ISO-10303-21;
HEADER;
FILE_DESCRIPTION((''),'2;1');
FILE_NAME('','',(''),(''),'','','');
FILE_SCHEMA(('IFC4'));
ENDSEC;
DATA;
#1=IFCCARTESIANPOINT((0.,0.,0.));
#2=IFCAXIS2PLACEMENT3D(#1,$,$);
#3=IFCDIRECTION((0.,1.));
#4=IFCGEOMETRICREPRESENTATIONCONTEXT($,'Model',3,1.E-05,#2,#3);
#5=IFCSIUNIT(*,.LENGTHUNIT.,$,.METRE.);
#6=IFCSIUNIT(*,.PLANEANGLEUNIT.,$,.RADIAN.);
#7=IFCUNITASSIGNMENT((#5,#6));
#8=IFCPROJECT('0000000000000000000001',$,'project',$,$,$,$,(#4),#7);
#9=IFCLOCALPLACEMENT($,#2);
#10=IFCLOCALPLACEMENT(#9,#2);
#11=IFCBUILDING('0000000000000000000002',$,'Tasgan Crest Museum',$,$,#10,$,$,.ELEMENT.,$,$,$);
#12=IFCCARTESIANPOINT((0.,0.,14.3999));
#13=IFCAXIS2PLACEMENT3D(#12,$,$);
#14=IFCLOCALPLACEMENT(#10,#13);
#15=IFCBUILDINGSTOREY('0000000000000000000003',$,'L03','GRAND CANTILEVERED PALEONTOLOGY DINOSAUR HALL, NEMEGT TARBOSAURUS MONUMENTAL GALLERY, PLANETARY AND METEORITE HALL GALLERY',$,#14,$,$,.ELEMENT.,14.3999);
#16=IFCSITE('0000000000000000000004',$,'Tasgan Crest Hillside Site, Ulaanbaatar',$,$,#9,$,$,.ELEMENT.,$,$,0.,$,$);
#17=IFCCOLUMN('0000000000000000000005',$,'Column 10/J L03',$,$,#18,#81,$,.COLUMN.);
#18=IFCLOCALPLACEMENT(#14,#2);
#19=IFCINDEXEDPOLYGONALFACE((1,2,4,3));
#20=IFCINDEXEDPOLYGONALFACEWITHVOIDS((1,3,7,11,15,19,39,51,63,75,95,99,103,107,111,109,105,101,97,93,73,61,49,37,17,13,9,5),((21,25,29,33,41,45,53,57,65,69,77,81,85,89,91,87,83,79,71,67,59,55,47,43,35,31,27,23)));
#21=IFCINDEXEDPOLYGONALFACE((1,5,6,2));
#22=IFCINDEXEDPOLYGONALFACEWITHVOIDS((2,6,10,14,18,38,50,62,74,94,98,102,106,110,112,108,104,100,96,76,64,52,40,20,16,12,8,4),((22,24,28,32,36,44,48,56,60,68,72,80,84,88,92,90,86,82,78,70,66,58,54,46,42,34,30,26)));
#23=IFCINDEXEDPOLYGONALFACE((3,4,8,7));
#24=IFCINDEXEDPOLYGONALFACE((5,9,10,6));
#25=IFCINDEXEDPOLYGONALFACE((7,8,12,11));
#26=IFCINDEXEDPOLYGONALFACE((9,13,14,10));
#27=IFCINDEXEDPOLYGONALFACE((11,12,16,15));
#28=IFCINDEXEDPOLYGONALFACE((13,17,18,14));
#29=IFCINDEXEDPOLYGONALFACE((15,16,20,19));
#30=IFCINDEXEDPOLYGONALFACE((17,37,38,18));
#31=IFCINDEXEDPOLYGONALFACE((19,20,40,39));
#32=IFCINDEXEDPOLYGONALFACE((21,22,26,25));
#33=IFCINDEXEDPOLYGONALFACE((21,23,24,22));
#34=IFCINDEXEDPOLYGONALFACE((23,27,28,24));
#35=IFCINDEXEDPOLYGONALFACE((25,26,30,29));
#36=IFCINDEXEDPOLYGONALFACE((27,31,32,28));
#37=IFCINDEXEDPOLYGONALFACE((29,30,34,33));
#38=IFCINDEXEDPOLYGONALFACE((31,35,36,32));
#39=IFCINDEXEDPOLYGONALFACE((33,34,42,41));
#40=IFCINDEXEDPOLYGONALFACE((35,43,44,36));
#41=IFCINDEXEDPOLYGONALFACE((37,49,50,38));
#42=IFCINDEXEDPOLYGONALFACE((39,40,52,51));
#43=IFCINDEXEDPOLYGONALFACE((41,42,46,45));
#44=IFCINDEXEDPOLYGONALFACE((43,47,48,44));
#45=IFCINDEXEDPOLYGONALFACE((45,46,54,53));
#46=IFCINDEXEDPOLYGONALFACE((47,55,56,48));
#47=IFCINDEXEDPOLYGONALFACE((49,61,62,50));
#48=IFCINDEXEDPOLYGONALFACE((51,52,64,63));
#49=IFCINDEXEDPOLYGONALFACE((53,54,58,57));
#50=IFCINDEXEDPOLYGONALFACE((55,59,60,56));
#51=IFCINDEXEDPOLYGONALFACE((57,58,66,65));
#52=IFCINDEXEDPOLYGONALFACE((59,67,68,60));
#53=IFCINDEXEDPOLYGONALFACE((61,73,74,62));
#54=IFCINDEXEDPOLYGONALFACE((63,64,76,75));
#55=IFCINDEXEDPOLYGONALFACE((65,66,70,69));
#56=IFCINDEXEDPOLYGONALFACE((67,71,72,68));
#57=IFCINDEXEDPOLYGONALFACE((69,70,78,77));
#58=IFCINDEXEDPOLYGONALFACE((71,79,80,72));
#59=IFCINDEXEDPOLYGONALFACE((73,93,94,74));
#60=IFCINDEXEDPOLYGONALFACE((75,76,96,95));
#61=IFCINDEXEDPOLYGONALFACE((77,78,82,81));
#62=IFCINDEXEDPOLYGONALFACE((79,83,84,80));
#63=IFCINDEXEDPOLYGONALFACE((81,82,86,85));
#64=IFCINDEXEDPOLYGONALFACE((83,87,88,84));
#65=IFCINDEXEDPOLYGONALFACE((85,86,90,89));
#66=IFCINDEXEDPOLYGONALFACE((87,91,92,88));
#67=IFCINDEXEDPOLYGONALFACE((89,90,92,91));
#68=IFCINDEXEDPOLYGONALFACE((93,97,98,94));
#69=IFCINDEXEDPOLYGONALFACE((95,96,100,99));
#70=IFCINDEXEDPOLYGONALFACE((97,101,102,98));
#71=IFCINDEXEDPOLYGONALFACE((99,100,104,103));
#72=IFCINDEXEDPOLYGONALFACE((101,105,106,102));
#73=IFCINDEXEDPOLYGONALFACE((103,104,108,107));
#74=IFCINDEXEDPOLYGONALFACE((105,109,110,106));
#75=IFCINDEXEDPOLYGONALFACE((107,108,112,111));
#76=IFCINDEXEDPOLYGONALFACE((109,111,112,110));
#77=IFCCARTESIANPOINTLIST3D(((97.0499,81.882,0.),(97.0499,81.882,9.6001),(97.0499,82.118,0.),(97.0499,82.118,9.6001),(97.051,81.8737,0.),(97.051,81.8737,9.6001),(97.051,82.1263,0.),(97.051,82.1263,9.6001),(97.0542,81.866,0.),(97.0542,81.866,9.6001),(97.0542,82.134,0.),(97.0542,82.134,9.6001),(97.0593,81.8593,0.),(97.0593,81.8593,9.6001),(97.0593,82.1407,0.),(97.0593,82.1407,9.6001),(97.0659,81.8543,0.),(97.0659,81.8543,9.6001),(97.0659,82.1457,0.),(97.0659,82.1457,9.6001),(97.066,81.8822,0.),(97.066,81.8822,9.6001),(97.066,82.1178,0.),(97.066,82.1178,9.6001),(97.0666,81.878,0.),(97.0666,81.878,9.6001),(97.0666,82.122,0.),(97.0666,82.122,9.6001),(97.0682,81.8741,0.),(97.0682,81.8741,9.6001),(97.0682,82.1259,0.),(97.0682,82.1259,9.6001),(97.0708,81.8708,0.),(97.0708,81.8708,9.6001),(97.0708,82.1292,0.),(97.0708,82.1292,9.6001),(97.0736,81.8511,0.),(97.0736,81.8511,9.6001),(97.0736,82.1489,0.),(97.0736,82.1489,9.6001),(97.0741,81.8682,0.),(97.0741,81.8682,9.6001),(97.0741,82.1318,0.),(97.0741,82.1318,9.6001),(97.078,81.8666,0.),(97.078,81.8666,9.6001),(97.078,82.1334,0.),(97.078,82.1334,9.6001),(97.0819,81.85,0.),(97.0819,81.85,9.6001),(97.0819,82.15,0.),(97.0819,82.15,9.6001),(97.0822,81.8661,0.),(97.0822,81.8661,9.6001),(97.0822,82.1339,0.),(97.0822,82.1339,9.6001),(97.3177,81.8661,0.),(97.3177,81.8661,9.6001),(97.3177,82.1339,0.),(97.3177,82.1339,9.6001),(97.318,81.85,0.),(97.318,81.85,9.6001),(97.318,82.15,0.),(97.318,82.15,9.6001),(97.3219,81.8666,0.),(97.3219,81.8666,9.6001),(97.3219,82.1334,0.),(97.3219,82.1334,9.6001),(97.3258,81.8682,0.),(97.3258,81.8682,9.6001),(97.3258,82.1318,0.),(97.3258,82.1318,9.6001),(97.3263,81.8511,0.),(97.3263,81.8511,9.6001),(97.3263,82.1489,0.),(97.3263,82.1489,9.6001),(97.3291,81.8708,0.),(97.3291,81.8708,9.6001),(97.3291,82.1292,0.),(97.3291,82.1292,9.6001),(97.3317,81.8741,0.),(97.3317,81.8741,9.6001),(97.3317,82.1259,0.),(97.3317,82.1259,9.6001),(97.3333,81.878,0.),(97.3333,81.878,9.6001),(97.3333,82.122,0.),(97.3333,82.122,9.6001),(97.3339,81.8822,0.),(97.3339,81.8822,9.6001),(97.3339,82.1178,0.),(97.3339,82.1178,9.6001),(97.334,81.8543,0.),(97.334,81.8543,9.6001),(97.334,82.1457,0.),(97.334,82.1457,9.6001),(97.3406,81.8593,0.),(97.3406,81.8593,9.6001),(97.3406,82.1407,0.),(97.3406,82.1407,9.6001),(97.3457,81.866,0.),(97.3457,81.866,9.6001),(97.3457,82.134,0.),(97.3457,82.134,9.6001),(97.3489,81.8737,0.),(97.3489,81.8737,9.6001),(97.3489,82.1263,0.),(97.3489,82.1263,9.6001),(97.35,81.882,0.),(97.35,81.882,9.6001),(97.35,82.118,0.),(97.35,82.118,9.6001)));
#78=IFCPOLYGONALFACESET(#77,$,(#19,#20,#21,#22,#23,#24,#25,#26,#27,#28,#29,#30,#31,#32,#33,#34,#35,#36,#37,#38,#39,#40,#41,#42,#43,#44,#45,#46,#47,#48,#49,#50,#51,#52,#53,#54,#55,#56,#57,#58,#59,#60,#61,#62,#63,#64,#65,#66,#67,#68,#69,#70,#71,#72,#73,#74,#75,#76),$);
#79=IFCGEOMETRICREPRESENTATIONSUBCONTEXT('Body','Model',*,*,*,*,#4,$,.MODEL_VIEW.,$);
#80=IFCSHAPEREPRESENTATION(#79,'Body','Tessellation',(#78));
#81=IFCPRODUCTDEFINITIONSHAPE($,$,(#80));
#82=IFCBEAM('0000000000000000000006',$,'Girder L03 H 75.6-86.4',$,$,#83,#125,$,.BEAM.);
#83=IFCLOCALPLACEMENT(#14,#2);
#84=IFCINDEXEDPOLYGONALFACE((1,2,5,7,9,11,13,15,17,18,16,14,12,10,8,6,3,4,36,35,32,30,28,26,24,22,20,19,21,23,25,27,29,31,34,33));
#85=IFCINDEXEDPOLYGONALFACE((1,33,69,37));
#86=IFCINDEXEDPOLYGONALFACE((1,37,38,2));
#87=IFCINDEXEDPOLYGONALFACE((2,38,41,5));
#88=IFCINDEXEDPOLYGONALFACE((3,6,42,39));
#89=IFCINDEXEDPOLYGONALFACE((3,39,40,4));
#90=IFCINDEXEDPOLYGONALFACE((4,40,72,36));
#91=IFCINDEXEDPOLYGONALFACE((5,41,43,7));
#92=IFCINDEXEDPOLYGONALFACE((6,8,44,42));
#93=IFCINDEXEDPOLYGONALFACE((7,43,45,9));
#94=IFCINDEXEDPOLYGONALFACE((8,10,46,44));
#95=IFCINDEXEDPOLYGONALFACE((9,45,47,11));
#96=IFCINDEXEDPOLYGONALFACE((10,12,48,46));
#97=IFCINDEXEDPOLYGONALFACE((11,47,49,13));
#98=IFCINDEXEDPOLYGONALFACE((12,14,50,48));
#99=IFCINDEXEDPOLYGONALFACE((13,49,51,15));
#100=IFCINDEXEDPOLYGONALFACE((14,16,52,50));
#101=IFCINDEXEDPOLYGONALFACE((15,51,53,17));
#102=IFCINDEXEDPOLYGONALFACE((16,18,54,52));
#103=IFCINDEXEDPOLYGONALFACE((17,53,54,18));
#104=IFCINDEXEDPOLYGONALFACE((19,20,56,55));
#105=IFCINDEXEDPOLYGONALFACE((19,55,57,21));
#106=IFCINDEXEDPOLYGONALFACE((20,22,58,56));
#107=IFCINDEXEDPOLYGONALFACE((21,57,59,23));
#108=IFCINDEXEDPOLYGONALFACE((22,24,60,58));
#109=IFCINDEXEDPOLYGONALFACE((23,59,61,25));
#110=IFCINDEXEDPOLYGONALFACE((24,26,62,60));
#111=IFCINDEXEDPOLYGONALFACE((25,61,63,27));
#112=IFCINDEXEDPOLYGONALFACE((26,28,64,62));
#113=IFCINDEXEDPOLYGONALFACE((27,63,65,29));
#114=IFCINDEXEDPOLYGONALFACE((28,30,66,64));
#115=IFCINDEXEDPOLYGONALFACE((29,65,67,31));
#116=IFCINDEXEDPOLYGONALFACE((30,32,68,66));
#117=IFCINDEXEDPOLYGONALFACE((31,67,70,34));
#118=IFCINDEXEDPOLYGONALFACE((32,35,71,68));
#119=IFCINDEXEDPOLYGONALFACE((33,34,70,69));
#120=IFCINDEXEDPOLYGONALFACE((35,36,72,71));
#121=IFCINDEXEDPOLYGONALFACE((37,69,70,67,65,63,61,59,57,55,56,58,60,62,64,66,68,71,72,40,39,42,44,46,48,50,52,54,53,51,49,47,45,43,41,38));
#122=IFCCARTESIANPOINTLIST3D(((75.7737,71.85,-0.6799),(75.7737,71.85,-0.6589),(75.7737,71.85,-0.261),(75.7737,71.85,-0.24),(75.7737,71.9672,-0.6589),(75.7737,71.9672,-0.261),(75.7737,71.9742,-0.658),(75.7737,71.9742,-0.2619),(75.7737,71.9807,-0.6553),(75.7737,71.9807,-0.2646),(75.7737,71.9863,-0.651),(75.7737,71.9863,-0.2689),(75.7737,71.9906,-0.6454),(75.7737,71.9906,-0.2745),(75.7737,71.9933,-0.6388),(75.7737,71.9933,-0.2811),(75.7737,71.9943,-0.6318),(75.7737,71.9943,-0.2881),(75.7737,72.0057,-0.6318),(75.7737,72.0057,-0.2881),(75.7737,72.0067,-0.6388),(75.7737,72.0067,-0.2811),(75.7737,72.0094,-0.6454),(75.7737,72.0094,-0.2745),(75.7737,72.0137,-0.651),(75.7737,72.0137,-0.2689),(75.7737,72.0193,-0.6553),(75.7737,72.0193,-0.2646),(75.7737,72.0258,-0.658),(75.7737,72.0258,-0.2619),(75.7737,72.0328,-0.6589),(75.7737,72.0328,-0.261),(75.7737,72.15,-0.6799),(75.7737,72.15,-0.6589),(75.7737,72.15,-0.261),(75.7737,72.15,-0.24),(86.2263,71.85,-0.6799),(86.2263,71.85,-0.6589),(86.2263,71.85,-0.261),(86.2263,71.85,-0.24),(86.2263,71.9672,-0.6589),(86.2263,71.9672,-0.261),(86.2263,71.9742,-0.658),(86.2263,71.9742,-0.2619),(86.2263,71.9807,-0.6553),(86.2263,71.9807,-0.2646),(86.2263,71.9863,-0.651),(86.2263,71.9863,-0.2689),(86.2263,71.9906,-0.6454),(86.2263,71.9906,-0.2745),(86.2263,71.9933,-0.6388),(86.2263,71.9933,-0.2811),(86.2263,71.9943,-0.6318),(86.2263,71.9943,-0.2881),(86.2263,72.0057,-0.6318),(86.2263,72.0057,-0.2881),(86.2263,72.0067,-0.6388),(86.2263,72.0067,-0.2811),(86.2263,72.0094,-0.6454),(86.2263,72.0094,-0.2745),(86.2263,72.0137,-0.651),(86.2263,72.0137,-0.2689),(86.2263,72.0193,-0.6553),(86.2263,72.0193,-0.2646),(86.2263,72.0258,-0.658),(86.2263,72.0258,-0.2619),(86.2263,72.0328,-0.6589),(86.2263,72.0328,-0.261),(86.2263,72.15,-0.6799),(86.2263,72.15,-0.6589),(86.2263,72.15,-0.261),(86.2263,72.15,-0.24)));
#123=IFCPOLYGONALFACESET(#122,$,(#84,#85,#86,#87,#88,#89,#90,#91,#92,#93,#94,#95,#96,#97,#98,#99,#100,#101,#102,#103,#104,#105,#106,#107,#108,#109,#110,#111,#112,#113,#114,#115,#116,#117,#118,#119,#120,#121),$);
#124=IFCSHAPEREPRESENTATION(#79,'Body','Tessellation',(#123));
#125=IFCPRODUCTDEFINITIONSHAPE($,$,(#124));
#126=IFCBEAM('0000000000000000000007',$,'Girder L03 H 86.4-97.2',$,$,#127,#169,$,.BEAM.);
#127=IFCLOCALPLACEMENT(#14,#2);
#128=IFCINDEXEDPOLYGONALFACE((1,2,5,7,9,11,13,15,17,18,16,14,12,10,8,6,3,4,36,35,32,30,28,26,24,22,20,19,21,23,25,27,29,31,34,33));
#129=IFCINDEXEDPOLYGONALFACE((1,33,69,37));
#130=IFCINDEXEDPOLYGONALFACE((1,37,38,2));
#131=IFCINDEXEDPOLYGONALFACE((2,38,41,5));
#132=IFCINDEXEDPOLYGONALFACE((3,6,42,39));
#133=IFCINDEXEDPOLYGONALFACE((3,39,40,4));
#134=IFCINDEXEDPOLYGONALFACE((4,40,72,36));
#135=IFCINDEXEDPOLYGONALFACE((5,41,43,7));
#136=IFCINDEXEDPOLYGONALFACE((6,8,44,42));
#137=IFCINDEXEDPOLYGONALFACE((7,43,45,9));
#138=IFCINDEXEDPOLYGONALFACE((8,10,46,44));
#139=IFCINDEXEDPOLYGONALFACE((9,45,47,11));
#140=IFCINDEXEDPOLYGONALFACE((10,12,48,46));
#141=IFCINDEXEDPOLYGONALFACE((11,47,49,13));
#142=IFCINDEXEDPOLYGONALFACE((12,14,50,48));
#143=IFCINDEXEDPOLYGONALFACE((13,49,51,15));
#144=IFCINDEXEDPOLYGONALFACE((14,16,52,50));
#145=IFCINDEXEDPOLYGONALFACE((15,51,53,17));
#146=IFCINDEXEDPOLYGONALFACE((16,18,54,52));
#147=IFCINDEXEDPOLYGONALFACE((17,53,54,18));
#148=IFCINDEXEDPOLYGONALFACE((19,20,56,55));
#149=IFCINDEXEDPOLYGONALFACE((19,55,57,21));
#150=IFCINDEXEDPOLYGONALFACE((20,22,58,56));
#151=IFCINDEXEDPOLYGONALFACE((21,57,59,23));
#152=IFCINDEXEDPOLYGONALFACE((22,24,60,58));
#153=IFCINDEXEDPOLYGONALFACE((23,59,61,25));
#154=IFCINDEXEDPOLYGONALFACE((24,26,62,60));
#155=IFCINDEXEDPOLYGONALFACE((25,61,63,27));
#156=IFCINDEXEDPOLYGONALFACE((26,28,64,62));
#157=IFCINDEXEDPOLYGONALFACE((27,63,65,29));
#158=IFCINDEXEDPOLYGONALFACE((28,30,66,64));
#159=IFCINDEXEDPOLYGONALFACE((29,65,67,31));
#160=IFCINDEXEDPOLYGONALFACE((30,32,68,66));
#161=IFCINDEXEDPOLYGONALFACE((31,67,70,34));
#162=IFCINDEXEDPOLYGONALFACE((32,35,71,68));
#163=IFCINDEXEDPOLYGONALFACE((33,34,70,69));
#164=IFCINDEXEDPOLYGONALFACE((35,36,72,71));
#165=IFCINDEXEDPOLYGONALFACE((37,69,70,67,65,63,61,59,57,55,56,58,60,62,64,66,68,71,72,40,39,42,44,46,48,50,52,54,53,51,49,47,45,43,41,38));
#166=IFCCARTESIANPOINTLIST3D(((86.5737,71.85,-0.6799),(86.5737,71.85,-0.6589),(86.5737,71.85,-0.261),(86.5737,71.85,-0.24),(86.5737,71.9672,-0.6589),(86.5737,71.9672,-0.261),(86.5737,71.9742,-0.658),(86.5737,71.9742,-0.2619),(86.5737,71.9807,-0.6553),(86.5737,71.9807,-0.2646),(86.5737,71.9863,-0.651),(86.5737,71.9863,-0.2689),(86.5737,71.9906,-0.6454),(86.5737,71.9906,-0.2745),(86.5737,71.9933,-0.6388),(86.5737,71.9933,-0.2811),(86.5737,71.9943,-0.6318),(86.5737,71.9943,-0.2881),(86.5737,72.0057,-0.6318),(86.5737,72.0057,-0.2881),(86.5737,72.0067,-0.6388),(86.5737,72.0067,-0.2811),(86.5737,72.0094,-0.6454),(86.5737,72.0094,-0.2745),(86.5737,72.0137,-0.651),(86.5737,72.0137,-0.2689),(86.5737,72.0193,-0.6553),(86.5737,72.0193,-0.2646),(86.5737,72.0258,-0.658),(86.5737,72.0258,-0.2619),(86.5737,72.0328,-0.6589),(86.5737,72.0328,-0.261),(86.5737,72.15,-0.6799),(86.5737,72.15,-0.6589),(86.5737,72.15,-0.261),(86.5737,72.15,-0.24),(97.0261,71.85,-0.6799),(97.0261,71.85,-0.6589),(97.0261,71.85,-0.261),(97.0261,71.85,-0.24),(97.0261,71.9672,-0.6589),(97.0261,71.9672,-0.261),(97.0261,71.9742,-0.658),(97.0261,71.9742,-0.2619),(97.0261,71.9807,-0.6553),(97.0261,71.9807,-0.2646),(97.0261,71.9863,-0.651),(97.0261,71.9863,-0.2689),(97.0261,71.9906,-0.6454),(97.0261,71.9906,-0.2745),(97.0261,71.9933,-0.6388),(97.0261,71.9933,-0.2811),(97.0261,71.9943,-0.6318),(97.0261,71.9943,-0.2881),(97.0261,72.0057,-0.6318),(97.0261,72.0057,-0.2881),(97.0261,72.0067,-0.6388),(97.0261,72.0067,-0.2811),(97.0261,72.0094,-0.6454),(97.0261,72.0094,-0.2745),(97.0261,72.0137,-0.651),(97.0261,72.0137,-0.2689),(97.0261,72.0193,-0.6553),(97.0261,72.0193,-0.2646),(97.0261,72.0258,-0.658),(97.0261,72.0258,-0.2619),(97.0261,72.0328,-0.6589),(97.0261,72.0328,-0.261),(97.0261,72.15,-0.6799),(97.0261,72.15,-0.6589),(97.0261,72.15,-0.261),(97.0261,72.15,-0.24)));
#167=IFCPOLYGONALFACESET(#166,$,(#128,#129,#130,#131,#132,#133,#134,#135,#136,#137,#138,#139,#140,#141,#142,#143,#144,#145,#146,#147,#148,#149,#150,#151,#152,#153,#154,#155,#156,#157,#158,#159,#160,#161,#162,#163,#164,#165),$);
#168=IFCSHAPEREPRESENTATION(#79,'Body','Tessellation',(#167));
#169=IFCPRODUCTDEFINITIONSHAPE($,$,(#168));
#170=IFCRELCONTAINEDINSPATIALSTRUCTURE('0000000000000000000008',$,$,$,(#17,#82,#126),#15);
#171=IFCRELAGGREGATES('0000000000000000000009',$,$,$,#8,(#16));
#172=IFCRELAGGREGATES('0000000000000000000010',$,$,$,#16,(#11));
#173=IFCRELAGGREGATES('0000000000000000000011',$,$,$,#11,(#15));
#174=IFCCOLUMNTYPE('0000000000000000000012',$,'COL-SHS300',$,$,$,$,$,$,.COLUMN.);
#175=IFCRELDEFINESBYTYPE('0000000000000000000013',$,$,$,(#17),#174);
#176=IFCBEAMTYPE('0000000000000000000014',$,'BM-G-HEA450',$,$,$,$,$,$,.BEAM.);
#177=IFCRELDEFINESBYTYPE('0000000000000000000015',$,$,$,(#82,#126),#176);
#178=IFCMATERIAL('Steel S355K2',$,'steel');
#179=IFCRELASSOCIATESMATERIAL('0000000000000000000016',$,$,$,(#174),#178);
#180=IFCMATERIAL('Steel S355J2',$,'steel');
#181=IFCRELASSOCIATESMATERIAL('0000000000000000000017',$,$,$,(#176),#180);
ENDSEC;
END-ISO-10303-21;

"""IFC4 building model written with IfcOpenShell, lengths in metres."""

from ifc_helpers import new_model, si_unit, direction, frame, origin, origin_2d, place, context, subcontext, project, spatial, hollow_rectangle, i_section, extrude, material, material_profile, profile_set, type_object, element, save


model = new_model("IFC4")

# Units and contexts
model_context = context("Model", 3, precision=1e-05, world=origin(), true_north=direction((0.0, 1.0)))
body_context = subcontext(model_context, "Body", "Model", "MODEL_VIEW")
ifc_project = project(units=[si_unit("LENGTHUNIT", "METRE"), si_unit("PLANEANGLEUNIT", "RADIAN")], contexts=[model_context])

# Site, building, storey
site_placement = place(None, origin())
site = spatial("IfcSite", under=ifc_project, at=site_placement, Name="Tasgan Crest Hillside Site, Ulaanbaatar", CompositionType="ELEMENT", RefElevation=0.0)
building_placement = place(site_placement, origin())
building = spatial("IfcBuilding", under=site, at=building_placement, Name="Tasgan Crest Museum", CompositionType="ELEMENT")
storey_placement = place(building_placement, frame((0.0, 0.0, 14.3999)))
storey = spatial("IfcBuildingStorey", under=building, at=storey_placement, Name="L03", Description="GRAND CANTILEVERED PALEONTOLOGY DINOSAUR HALL, NEMEGT TARBOSAURUS MONUMENTAL GALLERY, PLANETARY AND METEORITE HALL GALLERY", CompositionType="ELEMENT", Elevation=14.3999)

# Column
ifc_material_1 = material(Name="Steel S355K2", Category="steel")
ifc_material_profile_1 = material_profile(ifc_material_1, hollow_rectangle(XDim=0.3, YDim=0.3, WallThickness=0.0161, InnerFilletRadius=0.0161, OuterFilletRadius=0.032, at=origin_2d()), Name="SHS 300x300x16")
ifc_profile_set_1 = profile_set([ifc_material_profile_1], Name="Steel S355K2")
column_type = type_object("IfcColumnType", Name="COL-SHS300", PredefinedType="COLUMN", material=ifc_profile_set_1)
for number, where, z_axis, x_axis, name in (
    (1, (97.2, 82.0, 0.0), (0.0, 0.0, 1.0), (1.0, 0.0, 0.0), "Column 10/J L03"),
):
    element("IfcColumn", number, at=place(storey_placement, frame(where, z_axis=z_axis, x_axis=x_axis)), inside=storey, type_object=column_type, Name=name, PredefinedType="COLUMN", context=body_context, shape_type="SweptSolid", body=[
        extrude(hollow_rectangle(XDim=0.3, YDim=0.3, WallThickness=0.0161, InnerFilletRadius=0.0161, OuterFilletRadius=0.032, at=origin_2d()), origin(), (0.0, 0.0, 1.0), 9.6001),
    ])

# Beams
ifc_material_2 = material(Name="Steel S355J2", Category="steel")
ifc_material_profile_2 = material_profile(ifc_material_2, i_section(OverallWidth=0.3, OverallDepth=0.4399, WebThickness=0.0115, FlangeThickness=0.021, FilletRadius=0.0271, at=origin_2d()), Name="HEA 450")
ifc_profile_set_2 = profile_set([ifc_material_profile_2], Name="Steel S355J2")
beam_type_1 = type_object("IfcBeamType", Name="BM-G-HEA450", PredefinedType="BEAM", material=ifc_profile_set_2)
beam_1_placement = place(storey_placement, frame((75.7737, 72.0, -0.46), z_axis=(1.0, 0.0, 0.0), x_axis=(0.0, 1.0, 0.0)))
element("IfcBeam", 2, at=beam_1_placement, inside=storey, type_object=beam_type_1, Name="Girder L03 H 75.6-86.4", PredefinedType="BEAM", context=body_context, shape_type="SweptSolid", body=[
    extrude(i_section(OverallWidth=0.3, OverallDepth=0.4399, WebThickness=0.0115, FlangeThickness=0.021, FilletRadius=0.0271, at=origin_2d()), origin(), (0.0, 0.0, 1.0), 10.4526),
])
beam_2_placement = place(storey_placement, frame((86.5737, 72.0, -0.46), z_axis=(1.0, 0.0, 0.0), x_axis=(0.0, 1.0, 0.0)))
element("IfcBeam", 3, at=beam_2_placement, inside=storey, type_object=beam_type_1, Name="Girder L03 H 86.4-97.2", PredefinedType="BEAM", context=body_context, shape_type="SweptSolid", body=[
    extrude(i_section(OverallWidth=0.3, OverallDepth=0.4399, WebThickness=0.0115, FlangeThickness=0.021, FilletRadius=0.0271, at=origin_2d()), origin(), (0.0, 0.0, 1.0), 10.4524),
])

save(model, "model.ifc")
